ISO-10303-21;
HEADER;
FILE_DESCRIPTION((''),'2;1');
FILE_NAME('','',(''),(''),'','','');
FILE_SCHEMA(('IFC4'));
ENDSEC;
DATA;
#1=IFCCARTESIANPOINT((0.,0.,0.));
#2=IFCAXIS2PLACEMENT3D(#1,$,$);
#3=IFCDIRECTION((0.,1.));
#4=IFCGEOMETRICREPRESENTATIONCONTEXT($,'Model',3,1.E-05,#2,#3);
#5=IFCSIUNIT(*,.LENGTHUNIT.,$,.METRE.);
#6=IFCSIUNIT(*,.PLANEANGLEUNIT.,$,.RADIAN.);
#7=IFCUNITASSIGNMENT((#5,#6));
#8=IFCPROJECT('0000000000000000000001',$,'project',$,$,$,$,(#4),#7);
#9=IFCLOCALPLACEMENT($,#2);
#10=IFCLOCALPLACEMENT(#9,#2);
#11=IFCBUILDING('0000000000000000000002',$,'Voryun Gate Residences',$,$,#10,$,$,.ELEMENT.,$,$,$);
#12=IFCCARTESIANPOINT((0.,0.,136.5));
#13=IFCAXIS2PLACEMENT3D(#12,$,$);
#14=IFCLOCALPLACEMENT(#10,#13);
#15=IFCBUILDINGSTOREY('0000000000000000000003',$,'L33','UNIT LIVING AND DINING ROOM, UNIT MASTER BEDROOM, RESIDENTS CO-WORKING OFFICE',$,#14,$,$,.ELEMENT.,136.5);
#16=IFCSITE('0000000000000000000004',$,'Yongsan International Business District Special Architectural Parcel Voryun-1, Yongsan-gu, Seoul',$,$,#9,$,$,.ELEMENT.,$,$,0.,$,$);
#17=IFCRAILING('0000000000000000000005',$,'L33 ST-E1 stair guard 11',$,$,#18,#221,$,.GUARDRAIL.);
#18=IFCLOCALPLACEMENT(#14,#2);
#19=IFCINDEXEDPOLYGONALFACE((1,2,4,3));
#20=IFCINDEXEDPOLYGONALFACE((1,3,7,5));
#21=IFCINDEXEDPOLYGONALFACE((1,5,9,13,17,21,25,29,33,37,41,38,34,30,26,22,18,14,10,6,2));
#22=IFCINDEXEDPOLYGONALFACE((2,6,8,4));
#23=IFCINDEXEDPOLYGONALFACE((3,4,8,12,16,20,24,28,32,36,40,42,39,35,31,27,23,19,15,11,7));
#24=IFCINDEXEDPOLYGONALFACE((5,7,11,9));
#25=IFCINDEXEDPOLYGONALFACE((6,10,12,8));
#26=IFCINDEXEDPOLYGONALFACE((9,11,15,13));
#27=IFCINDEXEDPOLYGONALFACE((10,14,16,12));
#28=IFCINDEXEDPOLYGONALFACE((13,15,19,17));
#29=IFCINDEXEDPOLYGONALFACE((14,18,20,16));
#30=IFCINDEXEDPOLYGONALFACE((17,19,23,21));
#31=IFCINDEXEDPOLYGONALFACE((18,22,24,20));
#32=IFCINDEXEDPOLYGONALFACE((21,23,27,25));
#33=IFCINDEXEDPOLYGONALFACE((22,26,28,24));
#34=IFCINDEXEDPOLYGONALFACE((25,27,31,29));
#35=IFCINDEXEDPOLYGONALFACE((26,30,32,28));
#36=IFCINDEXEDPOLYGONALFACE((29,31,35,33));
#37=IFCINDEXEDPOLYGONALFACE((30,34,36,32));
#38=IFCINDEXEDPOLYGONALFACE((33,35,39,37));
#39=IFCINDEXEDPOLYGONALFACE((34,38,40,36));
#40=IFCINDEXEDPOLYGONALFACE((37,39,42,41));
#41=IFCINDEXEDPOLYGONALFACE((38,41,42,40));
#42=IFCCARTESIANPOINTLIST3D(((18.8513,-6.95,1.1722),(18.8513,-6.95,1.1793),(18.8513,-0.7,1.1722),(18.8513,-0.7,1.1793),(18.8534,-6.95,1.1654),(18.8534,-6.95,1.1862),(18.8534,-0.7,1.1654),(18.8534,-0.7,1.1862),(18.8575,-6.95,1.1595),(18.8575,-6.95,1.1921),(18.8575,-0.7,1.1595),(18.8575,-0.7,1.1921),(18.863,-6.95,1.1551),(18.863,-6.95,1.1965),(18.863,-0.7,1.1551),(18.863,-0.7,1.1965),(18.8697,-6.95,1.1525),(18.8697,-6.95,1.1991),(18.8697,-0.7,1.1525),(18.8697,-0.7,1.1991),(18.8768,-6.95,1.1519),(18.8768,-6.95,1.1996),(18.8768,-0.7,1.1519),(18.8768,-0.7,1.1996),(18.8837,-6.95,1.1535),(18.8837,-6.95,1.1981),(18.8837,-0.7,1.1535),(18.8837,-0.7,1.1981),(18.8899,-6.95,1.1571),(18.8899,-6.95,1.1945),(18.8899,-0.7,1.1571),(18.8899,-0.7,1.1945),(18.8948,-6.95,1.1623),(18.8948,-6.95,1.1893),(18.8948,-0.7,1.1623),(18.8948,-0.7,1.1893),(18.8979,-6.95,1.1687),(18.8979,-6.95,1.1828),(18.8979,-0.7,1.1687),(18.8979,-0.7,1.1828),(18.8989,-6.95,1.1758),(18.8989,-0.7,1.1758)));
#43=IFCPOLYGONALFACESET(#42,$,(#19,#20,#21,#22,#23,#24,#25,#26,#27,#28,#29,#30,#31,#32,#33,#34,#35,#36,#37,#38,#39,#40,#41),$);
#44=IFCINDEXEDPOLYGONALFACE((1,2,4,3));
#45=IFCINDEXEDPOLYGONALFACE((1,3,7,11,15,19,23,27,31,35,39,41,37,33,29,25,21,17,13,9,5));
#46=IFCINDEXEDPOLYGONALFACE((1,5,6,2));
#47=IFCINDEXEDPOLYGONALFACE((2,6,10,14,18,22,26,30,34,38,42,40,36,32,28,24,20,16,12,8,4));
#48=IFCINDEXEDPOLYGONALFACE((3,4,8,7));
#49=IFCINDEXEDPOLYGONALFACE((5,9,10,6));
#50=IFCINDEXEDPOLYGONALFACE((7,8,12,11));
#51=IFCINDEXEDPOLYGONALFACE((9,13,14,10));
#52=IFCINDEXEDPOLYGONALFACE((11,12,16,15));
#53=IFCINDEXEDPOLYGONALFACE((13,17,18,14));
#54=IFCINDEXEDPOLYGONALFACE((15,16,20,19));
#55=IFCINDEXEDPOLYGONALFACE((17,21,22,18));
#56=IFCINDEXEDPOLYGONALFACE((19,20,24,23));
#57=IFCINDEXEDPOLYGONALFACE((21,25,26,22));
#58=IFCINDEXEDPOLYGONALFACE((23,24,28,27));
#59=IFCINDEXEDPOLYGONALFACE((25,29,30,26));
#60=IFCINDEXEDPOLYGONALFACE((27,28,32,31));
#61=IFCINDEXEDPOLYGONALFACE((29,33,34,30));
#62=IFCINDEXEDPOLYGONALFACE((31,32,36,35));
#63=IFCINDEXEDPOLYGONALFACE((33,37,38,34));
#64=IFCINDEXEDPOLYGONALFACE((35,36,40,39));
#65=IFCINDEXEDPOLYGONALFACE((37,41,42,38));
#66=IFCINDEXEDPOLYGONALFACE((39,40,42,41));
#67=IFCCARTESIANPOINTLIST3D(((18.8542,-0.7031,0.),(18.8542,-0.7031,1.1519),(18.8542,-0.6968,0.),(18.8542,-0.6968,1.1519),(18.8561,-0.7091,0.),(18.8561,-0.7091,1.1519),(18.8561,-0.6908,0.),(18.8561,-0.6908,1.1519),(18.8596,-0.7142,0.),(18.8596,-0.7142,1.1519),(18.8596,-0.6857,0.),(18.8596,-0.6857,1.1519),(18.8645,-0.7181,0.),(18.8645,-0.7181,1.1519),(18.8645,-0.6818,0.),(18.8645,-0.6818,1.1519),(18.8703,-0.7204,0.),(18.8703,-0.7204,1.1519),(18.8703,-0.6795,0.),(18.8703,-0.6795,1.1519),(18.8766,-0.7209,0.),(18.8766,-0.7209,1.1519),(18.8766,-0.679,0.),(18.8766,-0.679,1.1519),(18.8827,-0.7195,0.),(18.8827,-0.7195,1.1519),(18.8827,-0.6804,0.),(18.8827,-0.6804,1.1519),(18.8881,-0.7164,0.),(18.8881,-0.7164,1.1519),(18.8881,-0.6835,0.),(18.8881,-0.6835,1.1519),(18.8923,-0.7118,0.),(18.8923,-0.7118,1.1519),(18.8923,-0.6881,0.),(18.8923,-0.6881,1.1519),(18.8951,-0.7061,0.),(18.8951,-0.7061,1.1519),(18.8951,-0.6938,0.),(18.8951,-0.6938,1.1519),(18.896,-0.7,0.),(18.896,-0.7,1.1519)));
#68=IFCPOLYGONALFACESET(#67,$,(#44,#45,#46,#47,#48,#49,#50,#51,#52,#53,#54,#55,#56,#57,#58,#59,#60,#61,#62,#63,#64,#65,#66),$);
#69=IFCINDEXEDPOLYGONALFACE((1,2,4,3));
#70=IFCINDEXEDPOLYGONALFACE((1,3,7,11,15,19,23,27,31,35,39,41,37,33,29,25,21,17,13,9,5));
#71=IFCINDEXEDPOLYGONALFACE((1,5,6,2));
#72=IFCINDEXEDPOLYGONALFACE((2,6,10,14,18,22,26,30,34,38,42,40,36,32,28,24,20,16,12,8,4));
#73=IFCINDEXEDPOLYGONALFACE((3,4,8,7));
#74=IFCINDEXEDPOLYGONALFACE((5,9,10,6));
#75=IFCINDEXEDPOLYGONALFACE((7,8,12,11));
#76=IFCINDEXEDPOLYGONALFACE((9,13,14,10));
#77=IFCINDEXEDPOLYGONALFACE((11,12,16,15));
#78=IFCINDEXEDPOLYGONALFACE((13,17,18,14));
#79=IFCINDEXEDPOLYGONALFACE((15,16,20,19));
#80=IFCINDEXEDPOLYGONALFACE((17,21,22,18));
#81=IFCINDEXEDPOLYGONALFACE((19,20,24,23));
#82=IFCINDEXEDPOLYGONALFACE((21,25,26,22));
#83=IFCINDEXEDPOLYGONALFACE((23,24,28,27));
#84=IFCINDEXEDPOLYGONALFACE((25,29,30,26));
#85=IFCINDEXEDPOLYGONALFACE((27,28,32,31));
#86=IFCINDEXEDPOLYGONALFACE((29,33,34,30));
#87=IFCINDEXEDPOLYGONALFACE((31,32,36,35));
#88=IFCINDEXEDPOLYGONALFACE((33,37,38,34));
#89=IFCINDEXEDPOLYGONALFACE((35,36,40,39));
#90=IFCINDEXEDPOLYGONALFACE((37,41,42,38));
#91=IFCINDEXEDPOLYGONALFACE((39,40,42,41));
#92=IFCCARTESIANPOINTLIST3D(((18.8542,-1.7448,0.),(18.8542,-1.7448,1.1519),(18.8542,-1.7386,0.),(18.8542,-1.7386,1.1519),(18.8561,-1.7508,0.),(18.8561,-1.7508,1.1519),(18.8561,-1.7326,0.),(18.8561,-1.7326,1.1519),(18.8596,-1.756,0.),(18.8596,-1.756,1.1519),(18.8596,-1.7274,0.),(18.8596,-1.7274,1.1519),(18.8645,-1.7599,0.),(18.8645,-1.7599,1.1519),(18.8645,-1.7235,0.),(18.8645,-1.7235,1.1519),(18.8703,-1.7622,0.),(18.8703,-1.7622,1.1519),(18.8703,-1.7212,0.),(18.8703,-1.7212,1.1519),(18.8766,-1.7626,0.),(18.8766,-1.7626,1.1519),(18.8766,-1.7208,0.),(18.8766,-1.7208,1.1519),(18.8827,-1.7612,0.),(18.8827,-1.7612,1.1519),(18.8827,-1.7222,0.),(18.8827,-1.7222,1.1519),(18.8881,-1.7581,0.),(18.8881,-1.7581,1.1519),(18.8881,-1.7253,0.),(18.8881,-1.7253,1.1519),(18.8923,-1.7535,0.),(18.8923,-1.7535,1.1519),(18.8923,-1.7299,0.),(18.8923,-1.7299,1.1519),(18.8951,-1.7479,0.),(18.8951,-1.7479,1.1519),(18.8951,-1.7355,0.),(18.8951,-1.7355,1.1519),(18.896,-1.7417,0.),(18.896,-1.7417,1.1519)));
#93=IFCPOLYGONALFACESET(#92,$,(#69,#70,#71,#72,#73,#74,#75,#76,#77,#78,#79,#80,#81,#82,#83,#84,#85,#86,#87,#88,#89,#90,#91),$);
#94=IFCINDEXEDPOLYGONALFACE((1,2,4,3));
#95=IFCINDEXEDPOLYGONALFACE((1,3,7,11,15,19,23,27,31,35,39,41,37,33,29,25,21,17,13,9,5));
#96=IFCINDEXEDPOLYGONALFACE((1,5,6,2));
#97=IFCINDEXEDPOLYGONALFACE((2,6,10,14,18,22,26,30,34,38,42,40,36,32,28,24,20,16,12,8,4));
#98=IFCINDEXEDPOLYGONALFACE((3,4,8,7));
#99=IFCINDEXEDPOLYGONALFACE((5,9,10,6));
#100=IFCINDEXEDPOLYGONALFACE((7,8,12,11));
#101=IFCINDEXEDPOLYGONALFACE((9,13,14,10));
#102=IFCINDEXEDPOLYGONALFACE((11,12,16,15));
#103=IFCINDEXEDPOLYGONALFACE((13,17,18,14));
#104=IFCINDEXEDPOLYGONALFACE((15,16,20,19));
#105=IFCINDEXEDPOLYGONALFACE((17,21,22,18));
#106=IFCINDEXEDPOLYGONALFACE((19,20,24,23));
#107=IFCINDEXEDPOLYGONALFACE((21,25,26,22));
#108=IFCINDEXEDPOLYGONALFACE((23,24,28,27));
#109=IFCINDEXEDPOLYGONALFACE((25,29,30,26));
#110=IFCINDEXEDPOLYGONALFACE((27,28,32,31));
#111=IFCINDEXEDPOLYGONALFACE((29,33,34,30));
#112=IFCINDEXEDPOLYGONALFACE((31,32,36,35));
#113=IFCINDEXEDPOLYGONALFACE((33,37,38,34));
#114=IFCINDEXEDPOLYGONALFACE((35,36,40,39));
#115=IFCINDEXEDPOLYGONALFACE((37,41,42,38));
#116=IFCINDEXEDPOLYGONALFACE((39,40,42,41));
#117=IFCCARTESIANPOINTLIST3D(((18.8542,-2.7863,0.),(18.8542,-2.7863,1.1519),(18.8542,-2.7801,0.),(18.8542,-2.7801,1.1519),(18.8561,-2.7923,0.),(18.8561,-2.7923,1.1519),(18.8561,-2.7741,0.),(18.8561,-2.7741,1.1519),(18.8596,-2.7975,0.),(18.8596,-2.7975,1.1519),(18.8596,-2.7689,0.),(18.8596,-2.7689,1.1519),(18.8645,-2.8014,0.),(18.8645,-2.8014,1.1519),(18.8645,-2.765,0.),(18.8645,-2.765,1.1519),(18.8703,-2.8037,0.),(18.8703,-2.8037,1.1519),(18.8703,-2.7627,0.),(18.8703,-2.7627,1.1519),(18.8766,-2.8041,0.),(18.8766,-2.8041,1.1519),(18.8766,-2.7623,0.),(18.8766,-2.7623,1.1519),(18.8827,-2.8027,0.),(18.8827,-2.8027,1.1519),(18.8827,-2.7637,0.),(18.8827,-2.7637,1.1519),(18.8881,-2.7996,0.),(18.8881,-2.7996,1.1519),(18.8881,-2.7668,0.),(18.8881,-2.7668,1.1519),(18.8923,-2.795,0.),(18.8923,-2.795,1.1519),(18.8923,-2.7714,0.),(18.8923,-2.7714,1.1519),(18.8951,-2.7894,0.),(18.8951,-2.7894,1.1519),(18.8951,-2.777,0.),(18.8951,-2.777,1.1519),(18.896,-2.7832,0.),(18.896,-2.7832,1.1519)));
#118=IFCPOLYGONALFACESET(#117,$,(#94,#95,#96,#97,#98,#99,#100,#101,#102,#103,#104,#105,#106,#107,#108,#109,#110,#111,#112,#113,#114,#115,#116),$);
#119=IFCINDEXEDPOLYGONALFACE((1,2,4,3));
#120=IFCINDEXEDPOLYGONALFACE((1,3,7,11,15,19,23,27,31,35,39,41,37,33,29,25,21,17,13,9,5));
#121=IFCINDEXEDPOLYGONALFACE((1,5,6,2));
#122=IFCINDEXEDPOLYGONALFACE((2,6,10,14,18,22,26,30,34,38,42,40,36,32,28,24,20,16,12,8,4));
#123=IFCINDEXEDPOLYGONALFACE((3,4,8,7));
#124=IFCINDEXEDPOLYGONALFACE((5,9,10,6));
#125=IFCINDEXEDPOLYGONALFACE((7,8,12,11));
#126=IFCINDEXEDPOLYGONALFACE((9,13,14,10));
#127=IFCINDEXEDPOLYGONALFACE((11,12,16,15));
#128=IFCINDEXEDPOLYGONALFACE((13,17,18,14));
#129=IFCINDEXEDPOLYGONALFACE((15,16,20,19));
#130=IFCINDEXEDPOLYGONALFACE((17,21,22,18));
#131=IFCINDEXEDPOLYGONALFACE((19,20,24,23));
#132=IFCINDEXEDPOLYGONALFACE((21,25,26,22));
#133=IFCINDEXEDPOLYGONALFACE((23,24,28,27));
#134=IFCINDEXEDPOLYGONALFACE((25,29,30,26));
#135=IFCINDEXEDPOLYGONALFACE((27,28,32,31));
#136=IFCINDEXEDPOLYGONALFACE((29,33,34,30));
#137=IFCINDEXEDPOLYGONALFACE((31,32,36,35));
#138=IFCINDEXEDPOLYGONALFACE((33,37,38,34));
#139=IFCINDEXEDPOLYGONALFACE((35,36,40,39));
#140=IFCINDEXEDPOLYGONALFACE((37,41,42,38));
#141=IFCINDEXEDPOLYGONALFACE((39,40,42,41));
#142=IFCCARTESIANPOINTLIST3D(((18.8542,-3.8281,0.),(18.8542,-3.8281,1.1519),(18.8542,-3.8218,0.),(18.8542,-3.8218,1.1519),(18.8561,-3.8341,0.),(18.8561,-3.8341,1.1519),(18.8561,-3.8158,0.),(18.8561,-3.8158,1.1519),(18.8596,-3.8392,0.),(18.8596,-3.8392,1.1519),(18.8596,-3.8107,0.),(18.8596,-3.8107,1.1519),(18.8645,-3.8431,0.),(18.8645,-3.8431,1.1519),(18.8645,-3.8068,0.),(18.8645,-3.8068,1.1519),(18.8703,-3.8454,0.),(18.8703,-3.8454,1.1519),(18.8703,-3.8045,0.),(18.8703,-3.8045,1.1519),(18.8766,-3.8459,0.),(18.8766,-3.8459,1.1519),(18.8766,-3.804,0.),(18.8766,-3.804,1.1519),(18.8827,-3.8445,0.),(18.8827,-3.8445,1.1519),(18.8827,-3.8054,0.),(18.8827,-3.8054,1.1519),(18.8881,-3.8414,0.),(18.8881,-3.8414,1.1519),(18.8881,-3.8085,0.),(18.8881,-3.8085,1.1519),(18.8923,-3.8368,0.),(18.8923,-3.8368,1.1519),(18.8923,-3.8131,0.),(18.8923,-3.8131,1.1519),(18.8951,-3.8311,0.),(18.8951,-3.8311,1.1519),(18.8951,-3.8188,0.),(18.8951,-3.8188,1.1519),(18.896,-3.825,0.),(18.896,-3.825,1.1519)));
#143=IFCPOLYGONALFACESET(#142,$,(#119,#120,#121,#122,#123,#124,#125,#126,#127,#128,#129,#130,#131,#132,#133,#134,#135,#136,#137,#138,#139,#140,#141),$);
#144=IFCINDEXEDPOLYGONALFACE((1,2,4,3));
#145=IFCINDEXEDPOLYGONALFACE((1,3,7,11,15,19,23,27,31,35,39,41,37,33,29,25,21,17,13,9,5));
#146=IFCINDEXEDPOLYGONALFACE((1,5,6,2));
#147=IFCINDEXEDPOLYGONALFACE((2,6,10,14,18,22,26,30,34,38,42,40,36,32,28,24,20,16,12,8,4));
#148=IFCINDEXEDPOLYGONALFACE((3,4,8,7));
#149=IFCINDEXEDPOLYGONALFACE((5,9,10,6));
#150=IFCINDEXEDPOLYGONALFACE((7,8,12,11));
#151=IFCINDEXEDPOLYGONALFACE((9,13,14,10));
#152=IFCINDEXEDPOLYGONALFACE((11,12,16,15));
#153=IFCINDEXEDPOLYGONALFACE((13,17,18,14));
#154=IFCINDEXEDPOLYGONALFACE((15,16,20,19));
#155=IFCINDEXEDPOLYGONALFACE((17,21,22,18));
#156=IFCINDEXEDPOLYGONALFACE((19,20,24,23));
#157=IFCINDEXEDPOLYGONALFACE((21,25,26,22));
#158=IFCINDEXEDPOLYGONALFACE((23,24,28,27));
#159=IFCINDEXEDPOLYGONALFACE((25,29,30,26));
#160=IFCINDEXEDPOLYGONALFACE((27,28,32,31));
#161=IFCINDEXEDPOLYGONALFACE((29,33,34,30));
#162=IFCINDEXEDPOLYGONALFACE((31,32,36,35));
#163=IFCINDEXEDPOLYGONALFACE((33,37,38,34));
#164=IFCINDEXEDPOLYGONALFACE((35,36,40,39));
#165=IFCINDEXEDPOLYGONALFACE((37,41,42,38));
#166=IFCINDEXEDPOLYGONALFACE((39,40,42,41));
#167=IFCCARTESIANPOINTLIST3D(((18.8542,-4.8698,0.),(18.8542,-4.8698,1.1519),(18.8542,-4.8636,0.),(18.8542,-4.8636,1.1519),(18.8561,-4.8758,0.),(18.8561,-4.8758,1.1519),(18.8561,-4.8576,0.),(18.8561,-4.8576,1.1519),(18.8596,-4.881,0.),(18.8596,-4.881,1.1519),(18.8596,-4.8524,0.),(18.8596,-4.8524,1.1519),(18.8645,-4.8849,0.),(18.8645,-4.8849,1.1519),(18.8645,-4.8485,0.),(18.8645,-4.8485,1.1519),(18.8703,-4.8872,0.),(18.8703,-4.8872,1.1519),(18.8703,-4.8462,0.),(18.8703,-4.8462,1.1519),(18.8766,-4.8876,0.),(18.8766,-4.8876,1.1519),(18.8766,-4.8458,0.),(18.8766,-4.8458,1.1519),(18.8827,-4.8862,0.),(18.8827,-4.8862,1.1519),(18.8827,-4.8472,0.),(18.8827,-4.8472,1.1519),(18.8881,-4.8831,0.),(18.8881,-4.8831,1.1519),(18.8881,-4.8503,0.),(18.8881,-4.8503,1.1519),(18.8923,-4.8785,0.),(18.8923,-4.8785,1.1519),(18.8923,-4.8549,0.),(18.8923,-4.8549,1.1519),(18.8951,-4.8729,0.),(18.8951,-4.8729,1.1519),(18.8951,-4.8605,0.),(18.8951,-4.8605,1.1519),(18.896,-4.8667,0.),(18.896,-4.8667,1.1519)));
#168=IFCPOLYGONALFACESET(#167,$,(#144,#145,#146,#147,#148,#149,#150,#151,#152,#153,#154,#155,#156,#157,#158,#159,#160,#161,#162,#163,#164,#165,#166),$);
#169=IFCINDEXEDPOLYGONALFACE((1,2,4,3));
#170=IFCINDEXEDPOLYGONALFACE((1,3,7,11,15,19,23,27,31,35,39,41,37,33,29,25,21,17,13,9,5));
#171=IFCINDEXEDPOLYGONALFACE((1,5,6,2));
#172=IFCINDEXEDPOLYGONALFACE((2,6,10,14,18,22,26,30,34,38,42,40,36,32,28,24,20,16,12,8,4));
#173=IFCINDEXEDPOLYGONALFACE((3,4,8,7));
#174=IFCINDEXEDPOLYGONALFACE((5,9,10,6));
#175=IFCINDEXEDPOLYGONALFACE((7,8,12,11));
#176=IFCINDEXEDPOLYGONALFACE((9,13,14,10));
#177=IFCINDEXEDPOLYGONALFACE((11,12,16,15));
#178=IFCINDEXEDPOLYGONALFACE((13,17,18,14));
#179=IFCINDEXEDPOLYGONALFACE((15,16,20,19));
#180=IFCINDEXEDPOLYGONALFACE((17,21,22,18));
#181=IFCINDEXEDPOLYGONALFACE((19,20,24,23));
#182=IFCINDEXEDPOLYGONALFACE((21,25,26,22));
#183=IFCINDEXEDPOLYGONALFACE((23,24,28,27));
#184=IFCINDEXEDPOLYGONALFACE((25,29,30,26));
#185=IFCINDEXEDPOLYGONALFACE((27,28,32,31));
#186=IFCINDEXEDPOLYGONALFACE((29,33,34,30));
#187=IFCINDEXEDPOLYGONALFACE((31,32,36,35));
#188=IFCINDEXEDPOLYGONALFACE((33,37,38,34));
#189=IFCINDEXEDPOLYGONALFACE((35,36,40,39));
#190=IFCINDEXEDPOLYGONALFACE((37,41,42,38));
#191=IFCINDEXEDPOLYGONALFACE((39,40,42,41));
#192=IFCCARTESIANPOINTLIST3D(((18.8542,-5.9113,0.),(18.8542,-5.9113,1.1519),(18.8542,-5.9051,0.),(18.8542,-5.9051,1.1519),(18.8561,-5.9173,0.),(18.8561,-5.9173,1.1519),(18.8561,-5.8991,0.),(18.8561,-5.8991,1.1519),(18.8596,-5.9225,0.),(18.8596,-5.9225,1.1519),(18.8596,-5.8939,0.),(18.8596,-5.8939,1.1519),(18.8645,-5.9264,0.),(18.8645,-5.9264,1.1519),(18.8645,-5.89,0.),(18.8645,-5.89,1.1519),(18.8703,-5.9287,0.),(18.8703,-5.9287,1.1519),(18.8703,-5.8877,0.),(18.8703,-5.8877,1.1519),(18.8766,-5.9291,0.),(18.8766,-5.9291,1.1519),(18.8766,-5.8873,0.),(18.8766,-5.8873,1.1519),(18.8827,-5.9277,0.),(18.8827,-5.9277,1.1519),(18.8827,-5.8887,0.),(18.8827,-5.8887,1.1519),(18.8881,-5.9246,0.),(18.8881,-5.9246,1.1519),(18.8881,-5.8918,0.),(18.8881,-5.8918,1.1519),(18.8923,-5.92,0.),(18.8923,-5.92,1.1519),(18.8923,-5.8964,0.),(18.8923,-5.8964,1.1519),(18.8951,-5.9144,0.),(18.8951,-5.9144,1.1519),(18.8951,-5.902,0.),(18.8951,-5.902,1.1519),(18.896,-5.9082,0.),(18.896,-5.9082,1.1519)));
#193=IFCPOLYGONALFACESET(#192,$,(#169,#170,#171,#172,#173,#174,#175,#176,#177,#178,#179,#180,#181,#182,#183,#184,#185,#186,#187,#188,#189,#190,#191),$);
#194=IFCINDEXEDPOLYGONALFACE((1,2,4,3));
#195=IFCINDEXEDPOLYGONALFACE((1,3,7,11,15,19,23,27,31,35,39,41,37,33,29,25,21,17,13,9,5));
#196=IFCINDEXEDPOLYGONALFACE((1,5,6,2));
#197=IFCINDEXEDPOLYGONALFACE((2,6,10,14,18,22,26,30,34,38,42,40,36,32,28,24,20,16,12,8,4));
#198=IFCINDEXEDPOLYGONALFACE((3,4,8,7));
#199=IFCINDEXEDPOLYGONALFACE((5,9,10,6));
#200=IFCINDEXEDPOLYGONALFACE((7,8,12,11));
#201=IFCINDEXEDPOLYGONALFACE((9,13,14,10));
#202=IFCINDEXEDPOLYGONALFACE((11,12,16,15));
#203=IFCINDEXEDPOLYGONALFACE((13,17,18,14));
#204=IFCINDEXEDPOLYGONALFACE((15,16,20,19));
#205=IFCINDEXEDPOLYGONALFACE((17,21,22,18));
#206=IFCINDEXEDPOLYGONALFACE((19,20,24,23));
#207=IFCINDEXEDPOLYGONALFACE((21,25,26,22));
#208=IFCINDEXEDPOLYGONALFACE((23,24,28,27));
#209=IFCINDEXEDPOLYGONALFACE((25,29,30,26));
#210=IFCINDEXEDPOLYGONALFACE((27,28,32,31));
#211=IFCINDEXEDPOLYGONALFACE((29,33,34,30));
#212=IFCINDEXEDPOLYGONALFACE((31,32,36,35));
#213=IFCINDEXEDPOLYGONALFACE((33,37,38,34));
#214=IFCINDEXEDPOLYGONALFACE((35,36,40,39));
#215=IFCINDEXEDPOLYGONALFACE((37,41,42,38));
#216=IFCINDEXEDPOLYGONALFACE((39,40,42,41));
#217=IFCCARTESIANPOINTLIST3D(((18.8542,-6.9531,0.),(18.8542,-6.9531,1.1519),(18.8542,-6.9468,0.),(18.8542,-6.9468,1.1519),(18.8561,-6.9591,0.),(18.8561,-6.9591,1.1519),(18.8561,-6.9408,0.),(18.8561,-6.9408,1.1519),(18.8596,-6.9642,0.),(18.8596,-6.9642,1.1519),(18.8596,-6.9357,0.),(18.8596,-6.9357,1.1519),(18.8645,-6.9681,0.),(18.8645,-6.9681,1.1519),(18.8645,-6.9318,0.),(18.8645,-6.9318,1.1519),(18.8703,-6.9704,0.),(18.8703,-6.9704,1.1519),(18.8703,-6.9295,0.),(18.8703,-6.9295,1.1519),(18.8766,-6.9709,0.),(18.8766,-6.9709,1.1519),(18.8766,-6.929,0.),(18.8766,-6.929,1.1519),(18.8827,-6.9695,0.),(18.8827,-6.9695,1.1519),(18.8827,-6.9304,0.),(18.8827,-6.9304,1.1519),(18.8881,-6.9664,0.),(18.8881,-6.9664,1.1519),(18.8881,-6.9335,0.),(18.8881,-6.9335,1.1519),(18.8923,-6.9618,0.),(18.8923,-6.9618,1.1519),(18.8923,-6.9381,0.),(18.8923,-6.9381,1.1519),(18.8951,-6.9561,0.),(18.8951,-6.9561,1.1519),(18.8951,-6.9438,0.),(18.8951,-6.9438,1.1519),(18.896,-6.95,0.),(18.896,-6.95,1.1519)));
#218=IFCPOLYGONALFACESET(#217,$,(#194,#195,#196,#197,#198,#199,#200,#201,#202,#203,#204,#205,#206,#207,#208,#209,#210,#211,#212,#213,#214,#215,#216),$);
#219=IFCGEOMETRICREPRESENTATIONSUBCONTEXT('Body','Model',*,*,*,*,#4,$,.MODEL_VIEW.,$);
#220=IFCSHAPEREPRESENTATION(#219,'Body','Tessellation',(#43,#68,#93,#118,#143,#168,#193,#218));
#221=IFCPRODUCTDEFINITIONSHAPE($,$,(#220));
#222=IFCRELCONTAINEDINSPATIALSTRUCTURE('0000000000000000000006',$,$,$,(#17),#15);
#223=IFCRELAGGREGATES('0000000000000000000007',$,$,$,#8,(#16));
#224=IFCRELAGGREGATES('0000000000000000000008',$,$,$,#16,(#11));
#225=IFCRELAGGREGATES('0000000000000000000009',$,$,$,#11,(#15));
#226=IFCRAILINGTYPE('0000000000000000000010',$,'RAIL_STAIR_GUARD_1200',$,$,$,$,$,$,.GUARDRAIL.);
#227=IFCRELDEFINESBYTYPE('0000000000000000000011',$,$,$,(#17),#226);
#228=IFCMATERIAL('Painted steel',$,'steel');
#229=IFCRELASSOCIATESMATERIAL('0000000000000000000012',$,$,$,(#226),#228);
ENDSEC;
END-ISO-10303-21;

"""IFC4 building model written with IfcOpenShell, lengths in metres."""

from ifc_helpers import new_model, si_unit, direction, frame, origin, origin_2d, place, context, subcontext, project, spatial, circle, extrude, material, type_object, element, save


model = new_model("IFC4")

# Units and contexts
model_context = context("Model", 3, precision=1e-05, world=origin(), true_north=direction((0.0, 1.0)))
body_context = subcontext(model_context, "Body", "Model", "MODEL_VIEW")
ifc_project = project(units=[si_unit("LENGTHUNIT", "METRE"), si_unit("PLANEANGLEUNIT", "RADIAN")], contexts=[model_context])

# Site, building, storey
site_placement = place(None, origin())
site = spatial("IfcSite", under=ifc_project, at=site_placement, Name="Yongsan International Business District Special Architectural Parcel Voryun-1, Yongsan-gu, Seoul", CompositionType="ELEMENT", RefElevation=0.0)
building_placement = place(site_placement, origin())
building = spatial("IfcBuilding", under=site, at=building_placement, Name="Voryun Gate Residences", CompositionType="ELEMENT")
storey_placement = place(building_placement, frame((0.0, 0.0, 136.5)))
storey = spatial("IfcBuildingStorey", under=building, at=storey_placement, Name="L33", Description="UNIT LIVING AND DINING ROOM, UNIT MASTER BEDROOM, RESIDENTS CO-WORKING OFFICE", CompositionType="ELEMENT", Elevation=136.5)

# Railing
ifc_material_1 = material(Name="Painted steel", Category="steel")
railing_type = type_object("IfcRailingType", Name="RAIL_STAIR_GUARD_1200", PredefinedType="GUARDRAIL", material=ifc_material_1)
railing_1_placement = place(storey_placement, frame((18.875, -0.7, 0.0)))
element("IfcRailing", 1, at=railing_1_placement, inside=storey, type_object=railing_type, Name="L33 ST-E1 stair guard 11", PredefinedType="GUARDRAIL", context=body_context, shape_type="SweptSolid", body=[
    extrude(circle(Radius=0.0239, at=origin_2d()), frame((0.0, 0.0, 1.1758), z_axis=(0.0, -1.0, 0.0), x_axis=(1.0, 0.0, 0.0)), (0.0, 0.0, 1.0), 6.25),
    extrude(circle(Radius=0.021, at=origin_2d()), origin(), (0.0, 0.0, 1.0), 1.1519),
    extrude(circle(Radius=0.021, at=origin_2d()), frame((0.0, -1.0417, 0.0)), (0.0, 0.0, 1.0), 1.1519),
    extrude(circle(Radius=0.021, at=origin_2d()), frame((0.0, -2.0833, 0.0)), (0.0, 0.0, 1.0), 1.1519),
    extrude(circle(Radius=0.021, at=origin_2d()), frame((0.0, -3.125, 0.0)), (0.0, 0.0, 1.0), 1.1519),
    extrude(circle(Radius=0.021, at=origin_2d()), frame((0.0, -4.1667, 0.0)), (0.0, 0.0, 1.0), 1.1519),
    extrude(circle(Radius=0.021, at=origin_2d()), frame((0.0, -5.2083, 0.0)), (0.0, 0.0, 1.0), 1.1519),
    extrude(circle(Radius=0.021, at=origin_2d()), frame((0.0, -6.25, 0.0)), (0.0, 0.0, 1.0), 1.1519),
])

save(model, "model.ifc")
